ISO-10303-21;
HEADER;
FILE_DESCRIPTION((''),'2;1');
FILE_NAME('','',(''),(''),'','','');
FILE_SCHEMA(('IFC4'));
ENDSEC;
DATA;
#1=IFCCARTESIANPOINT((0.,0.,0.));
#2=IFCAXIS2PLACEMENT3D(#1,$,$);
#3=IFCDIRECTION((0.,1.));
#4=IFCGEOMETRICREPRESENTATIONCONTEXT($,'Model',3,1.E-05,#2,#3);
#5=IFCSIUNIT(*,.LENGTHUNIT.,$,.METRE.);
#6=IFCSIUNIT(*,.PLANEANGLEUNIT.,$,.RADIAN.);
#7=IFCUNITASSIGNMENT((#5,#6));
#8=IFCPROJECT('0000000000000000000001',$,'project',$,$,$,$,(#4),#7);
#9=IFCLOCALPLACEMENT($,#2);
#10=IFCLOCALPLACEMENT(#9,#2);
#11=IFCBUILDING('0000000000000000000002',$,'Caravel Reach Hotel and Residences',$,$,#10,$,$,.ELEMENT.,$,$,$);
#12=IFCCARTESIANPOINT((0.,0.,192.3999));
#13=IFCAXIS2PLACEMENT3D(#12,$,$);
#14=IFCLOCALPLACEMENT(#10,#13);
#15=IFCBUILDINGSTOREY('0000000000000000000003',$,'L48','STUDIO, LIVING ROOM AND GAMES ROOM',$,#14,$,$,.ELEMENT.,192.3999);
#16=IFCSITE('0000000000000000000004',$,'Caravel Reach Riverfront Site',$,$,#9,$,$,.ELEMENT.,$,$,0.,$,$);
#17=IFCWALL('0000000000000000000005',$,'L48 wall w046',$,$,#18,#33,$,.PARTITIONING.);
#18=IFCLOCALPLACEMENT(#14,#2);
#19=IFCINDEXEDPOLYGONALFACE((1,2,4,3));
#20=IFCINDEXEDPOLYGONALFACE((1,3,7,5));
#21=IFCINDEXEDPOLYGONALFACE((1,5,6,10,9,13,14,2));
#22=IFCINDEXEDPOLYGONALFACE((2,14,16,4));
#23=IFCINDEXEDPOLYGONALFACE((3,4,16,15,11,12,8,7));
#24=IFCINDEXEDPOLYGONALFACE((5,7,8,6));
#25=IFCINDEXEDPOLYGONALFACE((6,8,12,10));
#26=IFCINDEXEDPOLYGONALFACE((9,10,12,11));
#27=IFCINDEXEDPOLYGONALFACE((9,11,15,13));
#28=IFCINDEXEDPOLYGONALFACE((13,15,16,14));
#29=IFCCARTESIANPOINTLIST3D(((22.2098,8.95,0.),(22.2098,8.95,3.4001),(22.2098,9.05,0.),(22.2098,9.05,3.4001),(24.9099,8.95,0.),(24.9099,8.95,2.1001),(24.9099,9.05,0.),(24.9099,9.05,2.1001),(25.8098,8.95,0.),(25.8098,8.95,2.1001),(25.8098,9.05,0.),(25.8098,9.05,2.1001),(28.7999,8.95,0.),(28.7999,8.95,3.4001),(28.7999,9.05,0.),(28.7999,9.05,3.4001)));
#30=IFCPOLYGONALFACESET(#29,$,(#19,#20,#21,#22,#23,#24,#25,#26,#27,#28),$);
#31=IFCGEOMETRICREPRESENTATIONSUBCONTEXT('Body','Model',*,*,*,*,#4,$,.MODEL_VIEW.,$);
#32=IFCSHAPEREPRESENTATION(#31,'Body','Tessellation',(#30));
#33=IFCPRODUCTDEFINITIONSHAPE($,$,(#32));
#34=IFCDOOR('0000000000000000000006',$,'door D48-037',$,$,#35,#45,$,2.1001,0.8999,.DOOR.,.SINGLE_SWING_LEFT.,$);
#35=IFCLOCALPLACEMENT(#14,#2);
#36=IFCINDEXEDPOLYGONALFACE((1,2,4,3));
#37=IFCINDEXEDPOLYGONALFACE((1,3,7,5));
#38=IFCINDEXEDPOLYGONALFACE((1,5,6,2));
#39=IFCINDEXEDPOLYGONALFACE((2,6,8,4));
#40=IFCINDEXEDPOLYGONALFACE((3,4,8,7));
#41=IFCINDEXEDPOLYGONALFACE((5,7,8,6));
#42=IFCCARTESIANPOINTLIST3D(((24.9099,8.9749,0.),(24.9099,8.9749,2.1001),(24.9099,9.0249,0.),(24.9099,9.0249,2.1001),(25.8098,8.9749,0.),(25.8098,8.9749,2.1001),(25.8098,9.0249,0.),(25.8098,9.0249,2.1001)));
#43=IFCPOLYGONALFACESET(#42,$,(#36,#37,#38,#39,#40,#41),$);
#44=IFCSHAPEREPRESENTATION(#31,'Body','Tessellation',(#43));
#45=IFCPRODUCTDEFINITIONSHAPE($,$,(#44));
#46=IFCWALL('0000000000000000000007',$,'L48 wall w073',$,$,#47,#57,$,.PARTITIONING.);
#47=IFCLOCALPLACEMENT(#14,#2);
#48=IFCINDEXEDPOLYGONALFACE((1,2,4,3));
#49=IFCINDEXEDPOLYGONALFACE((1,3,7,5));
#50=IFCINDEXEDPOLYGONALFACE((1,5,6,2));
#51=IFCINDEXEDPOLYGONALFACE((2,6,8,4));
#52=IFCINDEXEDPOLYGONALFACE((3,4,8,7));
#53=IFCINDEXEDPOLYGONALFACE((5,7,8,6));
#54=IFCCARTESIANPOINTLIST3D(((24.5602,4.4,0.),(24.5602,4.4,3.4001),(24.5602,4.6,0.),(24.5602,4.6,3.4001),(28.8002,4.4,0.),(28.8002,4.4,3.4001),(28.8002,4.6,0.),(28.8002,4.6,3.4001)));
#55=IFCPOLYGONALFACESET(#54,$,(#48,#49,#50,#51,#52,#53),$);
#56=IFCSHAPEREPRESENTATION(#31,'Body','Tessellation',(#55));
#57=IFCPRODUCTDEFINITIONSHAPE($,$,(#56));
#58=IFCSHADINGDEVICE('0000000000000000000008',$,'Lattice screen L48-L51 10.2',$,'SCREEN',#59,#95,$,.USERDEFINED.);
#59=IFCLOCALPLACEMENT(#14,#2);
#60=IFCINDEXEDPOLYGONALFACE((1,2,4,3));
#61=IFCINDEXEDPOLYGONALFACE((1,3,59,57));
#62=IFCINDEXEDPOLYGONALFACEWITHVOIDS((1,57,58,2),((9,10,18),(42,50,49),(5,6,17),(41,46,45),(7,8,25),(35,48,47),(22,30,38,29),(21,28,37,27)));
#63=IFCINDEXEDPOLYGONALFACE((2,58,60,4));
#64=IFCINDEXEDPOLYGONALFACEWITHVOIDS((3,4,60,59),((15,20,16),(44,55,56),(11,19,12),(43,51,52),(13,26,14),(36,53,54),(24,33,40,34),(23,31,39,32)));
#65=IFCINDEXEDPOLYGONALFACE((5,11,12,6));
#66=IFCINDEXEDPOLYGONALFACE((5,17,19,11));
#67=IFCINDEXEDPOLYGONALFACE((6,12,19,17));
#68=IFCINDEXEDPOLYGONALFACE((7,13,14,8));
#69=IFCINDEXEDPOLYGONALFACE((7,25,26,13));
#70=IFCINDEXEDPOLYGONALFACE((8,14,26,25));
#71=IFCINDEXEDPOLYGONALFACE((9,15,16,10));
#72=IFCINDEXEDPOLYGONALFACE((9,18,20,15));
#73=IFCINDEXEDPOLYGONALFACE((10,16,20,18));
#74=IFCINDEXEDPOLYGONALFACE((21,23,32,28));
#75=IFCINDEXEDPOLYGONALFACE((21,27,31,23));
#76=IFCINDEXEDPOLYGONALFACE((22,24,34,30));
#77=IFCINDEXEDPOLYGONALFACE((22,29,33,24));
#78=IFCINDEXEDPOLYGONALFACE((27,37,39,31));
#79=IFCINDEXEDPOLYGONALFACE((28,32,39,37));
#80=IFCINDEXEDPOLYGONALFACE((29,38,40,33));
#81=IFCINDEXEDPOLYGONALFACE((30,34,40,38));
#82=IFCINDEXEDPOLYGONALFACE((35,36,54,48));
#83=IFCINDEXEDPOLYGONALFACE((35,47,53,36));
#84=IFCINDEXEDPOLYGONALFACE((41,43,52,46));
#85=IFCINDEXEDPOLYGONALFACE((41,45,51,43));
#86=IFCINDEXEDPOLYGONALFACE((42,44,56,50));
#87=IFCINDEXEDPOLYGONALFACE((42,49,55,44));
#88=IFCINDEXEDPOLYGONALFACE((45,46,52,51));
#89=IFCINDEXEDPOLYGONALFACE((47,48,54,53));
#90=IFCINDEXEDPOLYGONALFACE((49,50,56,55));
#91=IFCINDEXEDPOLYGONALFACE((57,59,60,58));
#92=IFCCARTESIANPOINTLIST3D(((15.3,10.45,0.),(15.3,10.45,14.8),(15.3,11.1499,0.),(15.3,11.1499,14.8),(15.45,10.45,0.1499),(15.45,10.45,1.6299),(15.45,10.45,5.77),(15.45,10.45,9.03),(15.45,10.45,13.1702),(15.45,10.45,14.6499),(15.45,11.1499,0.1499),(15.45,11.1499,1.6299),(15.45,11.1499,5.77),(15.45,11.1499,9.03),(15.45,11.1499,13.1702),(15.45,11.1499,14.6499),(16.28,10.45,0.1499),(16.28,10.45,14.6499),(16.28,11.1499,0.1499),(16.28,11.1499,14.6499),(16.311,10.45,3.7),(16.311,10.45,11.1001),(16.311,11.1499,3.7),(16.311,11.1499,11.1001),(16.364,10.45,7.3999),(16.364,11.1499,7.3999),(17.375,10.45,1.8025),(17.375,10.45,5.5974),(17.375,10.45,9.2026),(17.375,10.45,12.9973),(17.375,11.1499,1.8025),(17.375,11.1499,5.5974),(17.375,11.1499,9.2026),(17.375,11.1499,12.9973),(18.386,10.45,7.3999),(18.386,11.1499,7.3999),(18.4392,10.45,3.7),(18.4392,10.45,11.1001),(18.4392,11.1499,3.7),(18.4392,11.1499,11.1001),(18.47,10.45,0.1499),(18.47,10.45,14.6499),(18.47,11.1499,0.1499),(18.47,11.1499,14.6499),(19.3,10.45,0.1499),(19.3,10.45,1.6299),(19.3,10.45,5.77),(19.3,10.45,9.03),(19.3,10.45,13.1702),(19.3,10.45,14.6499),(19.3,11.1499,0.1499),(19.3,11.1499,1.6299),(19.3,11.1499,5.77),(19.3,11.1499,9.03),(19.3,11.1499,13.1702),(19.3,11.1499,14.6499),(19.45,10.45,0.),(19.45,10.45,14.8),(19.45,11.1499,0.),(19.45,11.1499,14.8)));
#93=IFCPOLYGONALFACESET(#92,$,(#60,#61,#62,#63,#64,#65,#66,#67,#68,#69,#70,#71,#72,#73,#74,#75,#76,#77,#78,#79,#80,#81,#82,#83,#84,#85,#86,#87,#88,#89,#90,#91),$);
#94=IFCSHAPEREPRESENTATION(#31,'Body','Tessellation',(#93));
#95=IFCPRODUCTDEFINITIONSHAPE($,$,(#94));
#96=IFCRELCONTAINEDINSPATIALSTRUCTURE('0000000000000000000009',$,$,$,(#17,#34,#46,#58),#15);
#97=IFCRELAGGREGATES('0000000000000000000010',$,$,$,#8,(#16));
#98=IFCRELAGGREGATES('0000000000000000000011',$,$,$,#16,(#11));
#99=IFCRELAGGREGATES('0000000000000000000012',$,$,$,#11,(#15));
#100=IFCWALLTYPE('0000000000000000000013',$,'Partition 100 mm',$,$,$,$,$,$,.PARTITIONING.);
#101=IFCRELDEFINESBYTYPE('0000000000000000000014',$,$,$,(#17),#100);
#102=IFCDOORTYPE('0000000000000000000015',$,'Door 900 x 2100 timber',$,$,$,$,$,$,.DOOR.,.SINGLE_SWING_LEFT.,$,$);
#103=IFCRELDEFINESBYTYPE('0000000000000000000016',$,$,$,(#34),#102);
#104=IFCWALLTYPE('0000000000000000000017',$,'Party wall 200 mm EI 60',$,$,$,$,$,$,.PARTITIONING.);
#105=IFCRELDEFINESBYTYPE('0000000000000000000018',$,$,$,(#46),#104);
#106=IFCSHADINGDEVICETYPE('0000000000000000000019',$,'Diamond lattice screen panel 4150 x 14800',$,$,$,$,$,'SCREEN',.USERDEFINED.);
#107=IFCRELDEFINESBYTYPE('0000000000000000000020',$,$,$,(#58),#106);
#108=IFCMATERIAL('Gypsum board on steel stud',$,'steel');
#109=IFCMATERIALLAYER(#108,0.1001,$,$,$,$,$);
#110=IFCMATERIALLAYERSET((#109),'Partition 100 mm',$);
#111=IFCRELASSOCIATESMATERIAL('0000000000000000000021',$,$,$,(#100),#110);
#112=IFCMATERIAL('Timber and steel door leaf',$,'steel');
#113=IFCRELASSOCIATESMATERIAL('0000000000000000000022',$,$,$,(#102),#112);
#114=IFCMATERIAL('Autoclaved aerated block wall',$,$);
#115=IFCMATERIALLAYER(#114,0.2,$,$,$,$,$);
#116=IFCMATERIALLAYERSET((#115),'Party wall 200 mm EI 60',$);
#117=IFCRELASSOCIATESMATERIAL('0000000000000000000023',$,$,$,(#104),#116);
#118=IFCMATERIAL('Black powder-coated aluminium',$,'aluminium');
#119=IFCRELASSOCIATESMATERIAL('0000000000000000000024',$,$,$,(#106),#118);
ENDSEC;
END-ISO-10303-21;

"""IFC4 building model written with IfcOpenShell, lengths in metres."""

from ifc_helpers import new_model, si_unit, direction, frame, frame_2d, origin, place, context, subcontext, project, spatial, polyline, rectangle, outline, extrude, material, layer, layer_set, type_object, element, fill, save


model = new_model("IFC4")

# Units and contexts
model_context = context("Model", 3, precision=1e-05, world=origin(), true_north=direction((0.0, 1.0)))
body_context = subcontext(model_context, "Body", "Model", "MODEL_VIEW")
ifc_project = project(units=[si_unit("LENGTHUNIT", "METRE"), si_unit("PLANEANGLEUNIT", "RADIAN")], contexts=[model_context])

# Site, building, storey
site_placement = place(None, origin())
site = spatial("IfcSite", under=ifc_project, at=site_placement, Name="Caravel Reach Riverfront Site", CompositionType="ELEMENT", RefElevation=0.0)
building_placement = place(site_placement, origin())
building = spatial("IfcBuilding", under=site, at=building_placement, Name="Caravel Reach Hotel and Residences", CompositionType="ELEMENT")
storey_placement = place(building_placement, frame((0.0, 0.0, 192.3999)))
storey = spatial("IfcBuildingStorey", under=building, at=storey_placement, Name="L48", Description="STUDIO, LIVING ROOM AND GAMES ROOM", CompositionType="ELEMENT", Elevation=192.3999)

# Wall, opening, door
ifc_material_1 = material(Name="Gypsum board on steel stud", Category="steel")
ifc_layer_1 = layer(ifc_material_1, 0.1001)
ifc_layer_set_1 = layer_set([ifc_layer_1], Name="Partition 100 mm")
wall_type_1 = type_object("IfcWallType", Name="Partition 100 mm", PredefinedType="PARTITIONING", material=ifc_layer_set_1)
wall_1_placement = place(storey_placement, frame((22.21, 9.0, 0.0), z_axis=(0.0, 0.0, 1.0), x_axis=(1.0, 0.0, 0.0)))
wall_1 = element("IfcWall", 1, at=wall_1_placement, inside=storey, type_object=wall_type_1, Name="L48 wall w046", PredefinedType="PARTITIONING", context=body_context, shape_type="SweptSolid", body=[
    extrude(rectangle(XDim=6.5901, YDim=0.1001, at=frame_2d((3.2949, 0.0))), origin(), (0.0, 0.0, 1.0), 3.4001),
])
opening_1_placement = place(wall_1_placement, frame((2.7, 0.0, 0.0)))
opening_1 = element("IfcOpeningElement", 2, at=opening_1_placement, cuts=wall_1, PredefinedType="OPENING", context=body_context, shape_type="SweptSolid", body=[
    extrude(rectangle(XDim=0.8999, YDim=2.1001, at=frame_2d((0.45, 1.05))), frame((0.0, 0.0601, 0.0), z_axis=(0.0, -1.0, 0.0), x_axis=(1.0, 0.0, 0.0)), (0.0, 0.0, 1.0), 0.1201),
])
ifc_material_2 = material(Name="Timber and steel door leaf", Category="steel")
door_type = type_object("IfcDoorType", Name="Door 900 x 2100 timber", OperationType="SINGLE_SWING_LEFT", PredefinedType="DOOR", material=ifc_material_2)
door_placement = place(opening_1_placement, origin())
door = element("IfcDoor", 3, at=door_placement, inside=storey, type_object=door_type, Name="door D48-037", OperationType="SINGLE_SWING_LEFT", OverallHeight=2.1001, OverallWidth=0.8999, PredefinedType="DOOR", context=body_context, shape_type="SweptSolid", body=[
    extrude(rectangle(XDim=0.8999, YDim=2.1001, at=frame_2d((0.45, 1.05))), frame((0.0, 0.0249, 0.0), z_axis=(0.0, -1.0, 0.0), x_axis=(1.0, 0.0, 0.0)), (0.0, 0.0, 1.0), 0.05),
])
fill(opening_1, door)

# Wall
ifc_material_3 = material(Name="Autoclaved aerated block wall")
ifc_layer_2 = layer(ifc_material_3, 0.2)
ifc_layer_set_2 = layer_set([ifc_layer_2], Name="Party wall 200 mm EI 60")
wall_type_2 = type_object("IfcWallType", Name="Party wall 200 mm EI 60", PredefinedType="PARTITIONING", material=ifc_layer_set_2)
wall_2_placement = place(storey_placement, frame((24.5601, 4.5, 0.0), z_axis=(0.0, 0.0, 1.0), x_axis=(1.0, 0.0, 0.0)))
element("IfcWall", 4, at=wall_2_placement, inside=storey, type_object=wall_type_2, Name="L48 wall w073", PredefinedType="PARTITIONING", context=body_context, shape_type="SweptSolid", body=[
    extrude(rectangle(XDim=4.24, YDim=0.2, at=frame_2d((2.1201, 0.0))), origin(), (0.0, 0.0, 1.0), 3.4001),
])

# Shading device
ifc_material_4 = material(Name="Black powder-coated aluminium", Category="aluminium")
shading_device_type_1 = type_object("IfcShadingDeviceType", Name="Diamond lattice screen panel 4150 x 14800", ElementType="SCREEN", PredefinedType="USERDEFINED", material=ifc_material_4)
shading_device_1_placement = place(storey_placement, frame((15.3, 11.1499, 0.0), z_axis=(0.0, -1.0, 0.0), x_axis=(1.0, 0.0, 0.0)))
element("IfcShadingDevice", 5, at=shading_device_1_placement, inside=storey, type_object=shading_device_type_1, Name="Lattice screen L48-L51 10.2", ObjectType="SCREEN", PredefinedType="USERDEFINED", context=body_context, shape_type="SweptSolid", body=[
    extrude(outline(polyline([(0.0, 0.0), (4.1499, 0.0), (4.1499, 14.8), (0.0, 14.8), (0.0, 0.0)]), holes=[polyline([(0.98, 0.1499), (0.1499, 1.6299), (0.1499, 0.1499), (0.98, 0.1499)]), polyline([(1.064, 7.3999), (0.1499, 9.03), (0.1499, 5.77), (1.064, 7.3999)]), polyline([(0.1499, 13.1702), (0.98, 14.6499), (0.1499, 14.6499), (0.1499, 13.1702)]), polyline([(2.075, 5.5974), (1.011, 3.7), (2.075, 1.8025), (3.1392, 3.7), (2.075, 5.5974)]), polyline([(2.075, 12.9973), (1.011, 11.1001), (2.075, 9.2026), (3.1392, 11.1001), (2.075, 12.9973)]), polyline([(4.0, 1.6299), (3.1699, 0.1499), (4.0, 0.1499), (4.0, 1.6299)]), polyline([(3.0859, 7.3999), (4.0, 5.77), (4.0, 9.03), (3.0859, 7.3999)]), polyline([(3.1699, 14.6499), (4.0, 13.1702), (4.0, 14.6499), (3.1699, 14.6499)])]), origin(), (0.0, 0.0, 1.0), 0.7),
])

save(model, "model.ifc")
